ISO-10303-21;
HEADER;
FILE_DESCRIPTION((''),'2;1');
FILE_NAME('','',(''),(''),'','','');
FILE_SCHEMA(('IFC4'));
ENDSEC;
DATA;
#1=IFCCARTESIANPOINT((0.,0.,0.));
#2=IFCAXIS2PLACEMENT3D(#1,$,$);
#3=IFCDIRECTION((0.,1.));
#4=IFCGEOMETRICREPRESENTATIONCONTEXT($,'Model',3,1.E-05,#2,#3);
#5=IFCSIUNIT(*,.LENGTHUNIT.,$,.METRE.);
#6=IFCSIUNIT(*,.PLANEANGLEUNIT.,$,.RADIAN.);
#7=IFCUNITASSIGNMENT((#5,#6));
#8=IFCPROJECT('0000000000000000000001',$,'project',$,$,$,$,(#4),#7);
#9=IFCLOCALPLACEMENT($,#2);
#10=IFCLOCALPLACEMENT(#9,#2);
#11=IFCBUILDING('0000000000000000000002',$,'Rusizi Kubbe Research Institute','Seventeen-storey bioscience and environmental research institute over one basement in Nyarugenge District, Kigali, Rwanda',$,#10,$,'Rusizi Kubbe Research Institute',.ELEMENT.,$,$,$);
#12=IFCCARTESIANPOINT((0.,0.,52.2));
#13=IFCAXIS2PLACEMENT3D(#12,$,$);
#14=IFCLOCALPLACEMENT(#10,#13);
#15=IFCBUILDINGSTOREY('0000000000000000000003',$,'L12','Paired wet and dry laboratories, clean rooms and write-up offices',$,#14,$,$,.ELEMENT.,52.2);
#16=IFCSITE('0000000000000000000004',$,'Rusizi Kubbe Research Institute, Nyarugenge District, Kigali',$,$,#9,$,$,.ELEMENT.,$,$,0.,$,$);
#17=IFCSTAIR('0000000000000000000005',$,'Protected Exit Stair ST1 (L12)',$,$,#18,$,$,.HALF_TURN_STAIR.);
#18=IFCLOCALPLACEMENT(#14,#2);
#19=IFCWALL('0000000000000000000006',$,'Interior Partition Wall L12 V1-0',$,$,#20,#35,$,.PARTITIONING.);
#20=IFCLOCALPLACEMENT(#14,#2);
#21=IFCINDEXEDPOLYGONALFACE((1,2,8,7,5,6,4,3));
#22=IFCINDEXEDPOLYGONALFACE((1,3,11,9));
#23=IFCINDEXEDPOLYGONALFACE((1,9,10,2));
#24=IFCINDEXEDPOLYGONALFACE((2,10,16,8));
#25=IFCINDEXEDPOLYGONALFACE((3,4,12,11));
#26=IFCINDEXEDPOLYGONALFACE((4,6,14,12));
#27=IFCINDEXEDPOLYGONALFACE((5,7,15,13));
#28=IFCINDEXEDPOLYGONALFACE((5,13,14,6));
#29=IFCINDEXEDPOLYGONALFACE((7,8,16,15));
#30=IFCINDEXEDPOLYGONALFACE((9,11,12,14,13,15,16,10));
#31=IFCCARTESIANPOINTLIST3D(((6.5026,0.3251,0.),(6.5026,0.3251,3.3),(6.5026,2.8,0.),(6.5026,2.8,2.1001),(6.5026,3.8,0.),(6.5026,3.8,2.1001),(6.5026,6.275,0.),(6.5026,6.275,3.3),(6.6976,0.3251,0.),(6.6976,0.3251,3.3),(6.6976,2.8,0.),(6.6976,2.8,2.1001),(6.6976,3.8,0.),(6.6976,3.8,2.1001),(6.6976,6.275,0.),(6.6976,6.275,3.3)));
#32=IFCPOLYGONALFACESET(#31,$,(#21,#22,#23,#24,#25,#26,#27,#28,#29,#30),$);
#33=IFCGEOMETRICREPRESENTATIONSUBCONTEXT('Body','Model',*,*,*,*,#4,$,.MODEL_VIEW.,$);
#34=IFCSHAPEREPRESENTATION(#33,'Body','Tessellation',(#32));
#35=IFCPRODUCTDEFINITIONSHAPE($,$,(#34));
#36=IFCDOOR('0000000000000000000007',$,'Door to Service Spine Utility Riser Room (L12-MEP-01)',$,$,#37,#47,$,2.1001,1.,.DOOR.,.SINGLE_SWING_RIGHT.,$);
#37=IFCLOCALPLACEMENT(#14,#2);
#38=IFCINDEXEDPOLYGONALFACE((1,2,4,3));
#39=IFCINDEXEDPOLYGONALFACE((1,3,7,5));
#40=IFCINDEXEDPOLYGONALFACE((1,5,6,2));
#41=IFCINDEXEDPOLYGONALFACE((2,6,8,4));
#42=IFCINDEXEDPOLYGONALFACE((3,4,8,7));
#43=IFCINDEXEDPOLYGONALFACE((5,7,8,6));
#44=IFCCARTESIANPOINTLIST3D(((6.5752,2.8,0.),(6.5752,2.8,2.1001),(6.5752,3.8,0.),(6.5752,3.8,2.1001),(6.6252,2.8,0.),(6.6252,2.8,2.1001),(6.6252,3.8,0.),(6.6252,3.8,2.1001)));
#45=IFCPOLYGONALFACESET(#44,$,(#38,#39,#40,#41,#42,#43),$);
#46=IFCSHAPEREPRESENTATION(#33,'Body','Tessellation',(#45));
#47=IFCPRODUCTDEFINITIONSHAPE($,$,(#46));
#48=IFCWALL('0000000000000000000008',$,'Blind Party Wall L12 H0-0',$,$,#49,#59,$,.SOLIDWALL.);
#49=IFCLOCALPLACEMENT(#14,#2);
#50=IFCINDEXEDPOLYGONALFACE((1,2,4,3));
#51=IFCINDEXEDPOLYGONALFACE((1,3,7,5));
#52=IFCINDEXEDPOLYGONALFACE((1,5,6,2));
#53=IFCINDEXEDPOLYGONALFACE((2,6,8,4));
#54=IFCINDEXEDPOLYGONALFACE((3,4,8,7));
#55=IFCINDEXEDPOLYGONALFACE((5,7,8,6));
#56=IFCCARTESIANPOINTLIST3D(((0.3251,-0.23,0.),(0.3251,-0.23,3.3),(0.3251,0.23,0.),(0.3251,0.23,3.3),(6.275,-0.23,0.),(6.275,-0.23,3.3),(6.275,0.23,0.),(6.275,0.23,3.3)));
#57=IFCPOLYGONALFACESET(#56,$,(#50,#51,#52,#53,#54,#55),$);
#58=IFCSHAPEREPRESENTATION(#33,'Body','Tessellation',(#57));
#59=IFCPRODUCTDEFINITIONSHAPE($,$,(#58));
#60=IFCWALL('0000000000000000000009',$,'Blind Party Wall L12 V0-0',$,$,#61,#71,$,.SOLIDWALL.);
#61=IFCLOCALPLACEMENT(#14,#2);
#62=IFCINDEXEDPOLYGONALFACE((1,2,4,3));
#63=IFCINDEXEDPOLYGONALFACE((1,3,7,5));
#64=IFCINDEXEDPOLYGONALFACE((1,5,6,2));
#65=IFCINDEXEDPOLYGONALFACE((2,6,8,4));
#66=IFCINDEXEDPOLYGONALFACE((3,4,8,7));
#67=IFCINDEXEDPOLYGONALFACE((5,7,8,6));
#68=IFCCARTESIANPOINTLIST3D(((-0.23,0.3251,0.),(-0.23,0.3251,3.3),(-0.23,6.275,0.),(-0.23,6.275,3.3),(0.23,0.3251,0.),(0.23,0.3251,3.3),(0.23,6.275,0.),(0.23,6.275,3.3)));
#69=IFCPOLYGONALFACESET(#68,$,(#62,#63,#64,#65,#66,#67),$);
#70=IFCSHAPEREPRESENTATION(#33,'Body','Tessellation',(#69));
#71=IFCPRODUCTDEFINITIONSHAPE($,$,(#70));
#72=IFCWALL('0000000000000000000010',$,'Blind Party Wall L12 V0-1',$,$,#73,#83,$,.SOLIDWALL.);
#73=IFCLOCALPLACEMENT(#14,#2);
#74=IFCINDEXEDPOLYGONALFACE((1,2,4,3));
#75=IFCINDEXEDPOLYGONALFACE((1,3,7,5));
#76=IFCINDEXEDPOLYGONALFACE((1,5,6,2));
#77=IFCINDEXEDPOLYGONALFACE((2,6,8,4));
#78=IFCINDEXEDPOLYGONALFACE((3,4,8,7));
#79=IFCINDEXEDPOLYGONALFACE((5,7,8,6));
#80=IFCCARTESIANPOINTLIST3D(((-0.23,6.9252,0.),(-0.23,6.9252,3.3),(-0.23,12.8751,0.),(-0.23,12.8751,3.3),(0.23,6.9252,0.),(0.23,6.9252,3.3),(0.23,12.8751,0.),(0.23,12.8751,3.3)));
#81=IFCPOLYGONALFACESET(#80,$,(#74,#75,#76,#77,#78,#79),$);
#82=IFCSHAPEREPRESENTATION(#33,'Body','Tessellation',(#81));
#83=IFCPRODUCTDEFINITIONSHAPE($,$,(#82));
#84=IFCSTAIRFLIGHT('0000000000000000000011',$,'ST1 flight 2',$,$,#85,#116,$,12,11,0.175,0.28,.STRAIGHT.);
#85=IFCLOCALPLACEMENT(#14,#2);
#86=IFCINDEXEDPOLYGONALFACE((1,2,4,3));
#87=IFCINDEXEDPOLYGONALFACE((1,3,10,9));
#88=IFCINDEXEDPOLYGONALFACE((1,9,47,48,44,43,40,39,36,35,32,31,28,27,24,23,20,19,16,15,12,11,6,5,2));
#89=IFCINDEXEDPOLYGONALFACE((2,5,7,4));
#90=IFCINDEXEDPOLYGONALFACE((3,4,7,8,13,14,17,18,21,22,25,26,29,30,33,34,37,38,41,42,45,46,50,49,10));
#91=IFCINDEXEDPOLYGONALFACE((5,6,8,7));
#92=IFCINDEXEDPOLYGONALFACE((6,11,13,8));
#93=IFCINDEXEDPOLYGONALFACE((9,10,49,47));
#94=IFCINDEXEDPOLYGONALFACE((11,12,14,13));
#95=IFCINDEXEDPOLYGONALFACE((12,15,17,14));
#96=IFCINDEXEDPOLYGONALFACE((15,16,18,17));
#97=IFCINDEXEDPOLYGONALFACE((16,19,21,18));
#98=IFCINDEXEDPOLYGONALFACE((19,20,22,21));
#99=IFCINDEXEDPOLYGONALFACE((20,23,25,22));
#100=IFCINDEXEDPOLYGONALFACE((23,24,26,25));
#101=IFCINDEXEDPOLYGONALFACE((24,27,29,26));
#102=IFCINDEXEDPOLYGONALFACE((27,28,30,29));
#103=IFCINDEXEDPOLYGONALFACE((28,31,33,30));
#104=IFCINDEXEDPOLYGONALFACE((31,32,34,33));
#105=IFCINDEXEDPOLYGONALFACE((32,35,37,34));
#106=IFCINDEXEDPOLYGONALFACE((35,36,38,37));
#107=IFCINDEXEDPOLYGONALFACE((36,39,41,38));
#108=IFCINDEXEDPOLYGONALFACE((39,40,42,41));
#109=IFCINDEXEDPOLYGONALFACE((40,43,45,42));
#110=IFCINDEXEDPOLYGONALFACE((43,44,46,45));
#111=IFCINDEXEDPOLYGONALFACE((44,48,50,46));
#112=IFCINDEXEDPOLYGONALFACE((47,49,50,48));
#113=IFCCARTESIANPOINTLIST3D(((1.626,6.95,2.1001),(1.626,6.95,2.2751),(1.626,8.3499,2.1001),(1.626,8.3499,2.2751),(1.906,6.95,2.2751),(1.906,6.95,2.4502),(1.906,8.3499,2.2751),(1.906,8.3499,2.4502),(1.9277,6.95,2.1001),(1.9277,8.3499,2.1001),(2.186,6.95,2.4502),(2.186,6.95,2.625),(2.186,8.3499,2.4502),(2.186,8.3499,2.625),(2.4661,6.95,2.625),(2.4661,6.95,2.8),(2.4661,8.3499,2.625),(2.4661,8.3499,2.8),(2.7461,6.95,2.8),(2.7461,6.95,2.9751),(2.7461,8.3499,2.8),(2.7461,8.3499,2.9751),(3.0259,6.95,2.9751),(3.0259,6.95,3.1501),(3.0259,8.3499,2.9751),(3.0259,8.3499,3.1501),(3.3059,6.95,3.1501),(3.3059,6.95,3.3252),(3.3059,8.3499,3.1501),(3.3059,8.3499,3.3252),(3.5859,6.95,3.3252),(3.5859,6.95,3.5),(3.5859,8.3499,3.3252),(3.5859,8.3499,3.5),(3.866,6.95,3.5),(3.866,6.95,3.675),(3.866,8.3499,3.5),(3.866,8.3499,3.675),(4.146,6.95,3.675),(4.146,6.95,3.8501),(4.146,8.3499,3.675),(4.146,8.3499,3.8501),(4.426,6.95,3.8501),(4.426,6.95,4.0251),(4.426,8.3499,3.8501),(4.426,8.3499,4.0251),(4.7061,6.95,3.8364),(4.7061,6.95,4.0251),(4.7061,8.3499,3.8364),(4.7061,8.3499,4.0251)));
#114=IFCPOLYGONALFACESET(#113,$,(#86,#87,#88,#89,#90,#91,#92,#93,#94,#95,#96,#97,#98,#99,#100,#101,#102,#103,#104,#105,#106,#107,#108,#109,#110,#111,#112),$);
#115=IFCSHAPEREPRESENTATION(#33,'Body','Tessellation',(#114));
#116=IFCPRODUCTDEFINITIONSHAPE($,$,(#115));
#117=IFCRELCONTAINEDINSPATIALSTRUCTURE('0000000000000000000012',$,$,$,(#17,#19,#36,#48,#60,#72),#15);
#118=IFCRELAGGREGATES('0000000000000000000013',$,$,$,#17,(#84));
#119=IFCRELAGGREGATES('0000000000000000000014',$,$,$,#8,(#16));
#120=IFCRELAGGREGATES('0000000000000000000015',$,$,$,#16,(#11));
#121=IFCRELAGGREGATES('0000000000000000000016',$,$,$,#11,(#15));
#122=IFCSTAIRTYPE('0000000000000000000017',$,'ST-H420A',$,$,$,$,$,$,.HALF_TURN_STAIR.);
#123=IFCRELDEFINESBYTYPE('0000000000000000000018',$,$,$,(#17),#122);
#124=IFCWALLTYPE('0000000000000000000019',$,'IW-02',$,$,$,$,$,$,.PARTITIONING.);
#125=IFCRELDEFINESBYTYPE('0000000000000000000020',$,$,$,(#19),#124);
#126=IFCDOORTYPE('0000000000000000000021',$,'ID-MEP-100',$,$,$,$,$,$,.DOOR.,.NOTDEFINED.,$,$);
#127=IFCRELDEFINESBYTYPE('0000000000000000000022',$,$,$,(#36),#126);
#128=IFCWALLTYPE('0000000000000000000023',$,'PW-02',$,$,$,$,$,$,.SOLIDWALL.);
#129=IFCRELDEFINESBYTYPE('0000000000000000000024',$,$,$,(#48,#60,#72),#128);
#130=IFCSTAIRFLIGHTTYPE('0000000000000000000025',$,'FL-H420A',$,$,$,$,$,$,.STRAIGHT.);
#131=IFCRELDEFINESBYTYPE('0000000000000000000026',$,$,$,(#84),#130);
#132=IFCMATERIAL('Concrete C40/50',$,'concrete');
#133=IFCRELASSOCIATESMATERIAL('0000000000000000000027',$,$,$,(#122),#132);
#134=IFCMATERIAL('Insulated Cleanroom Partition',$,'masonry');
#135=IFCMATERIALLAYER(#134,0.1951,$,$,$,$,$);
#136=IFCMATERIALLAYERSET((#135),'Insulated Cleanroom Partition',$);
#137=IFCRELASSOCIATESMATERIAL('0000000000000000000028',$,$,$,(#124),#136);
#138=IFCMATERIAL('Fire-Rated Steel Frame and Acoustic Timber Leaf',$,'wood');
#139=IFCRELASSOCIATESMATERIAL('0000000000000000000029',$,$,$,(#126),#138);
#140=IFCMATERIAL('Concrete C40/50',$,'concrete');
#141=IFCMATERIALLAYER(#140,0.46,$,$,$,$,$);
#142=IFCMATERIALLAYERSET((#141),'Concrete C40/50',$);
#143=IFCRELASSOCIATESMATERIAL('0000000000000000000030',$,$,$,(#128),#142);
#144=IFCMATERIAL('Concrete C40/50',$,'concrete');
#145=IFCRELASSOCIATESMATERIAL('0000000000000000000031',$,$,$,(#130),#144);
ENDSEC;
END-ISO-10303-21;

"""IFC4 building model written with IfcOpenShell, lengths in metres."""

from ifc_helpers import new_model, si_unit, direction, frame, frame_2d, origin, place, context, subcontext, project, spatial, polyline, rectangle, outline, extrude, material, layer, layer_set, type_object, element, fill, aggregate, save


model = new_model("IFC4")

# Units and contexts
model_context = context("Model", 3, precision=1e-05, world=origin(), true_north=direction((0.0, 1.0)))
body_context = subcontext(model_context, "Body", "Model", "MODEL_VIEW")
ifc_project = project(units=[si_unit("LENGTHUNIT", "METRE"), si_unit("PLANEANGLEUNIT", "RADIAN")], contexts=[model_context])

# Site, building, storey
site_placement = place(None, origin())
site = spatial("IfcSite", under=ifc_project, at=site_placement, Name="Rusizi Kubbe Research Institute, Nyarugenge District, Kigali", CompositionType="ELEMENT", RefElevation=0.0)
building_placement = place(site_placement, origin())
building = spatial("IfcBuilding", under=site, at=building_placement, Name="Rusizi Kubbe Research Institute", Description="Seventeen-storey bioscience and environmental research institute over one basement in Nyarugenge District, Kigali, Rwanda", LongName="Rusizi Kubbe Research Institute", CompositionType="ELEMENT")
storey_placement = place(building_placement, frame((0.0, 0.0, 52.2)))
storey = spatial("IfcBuildingStorey", under=building, at=storey_placement, Name="L12", Description="Paired wet and dry laboratories, clean rooms and write-up offices", CompositionType="ELEMENT", Elevation=52.2)

# Stair
ifc_material_1 = material(Name="Concrete C40/50", Category="concrete")
stair_type_1 = type_object("IfcStairType", Name="ST-H420A", PredefinedType="HALF_TURN_STAIR", material=ifc_material_1)
stair_1_placement = place(storey_placement, origin())
stair_1 = element("IfcStair", 1, at=stair_1_placement, inside=storey, type_object=stair_type_1, Name="Protected Exit Stair ST1 (L12)", PredefinedType="HALF_TURN_STAIR")

# Wall, opening, door
ifc_material_2 = material(Name="Insulated Cleanroom Partition", Category="masonry")
ifc_layer_1 = layer(ifc_material_2, 0.1951)
ifc_layer_set_1 = layer_set([ifc_layer_1], Name="Insulated Cleanroom Partition")
wall_type_1 = type_object("IfcWallType", Name="IW-02", PredefinedType="PARTITIONING", material=ifc_layer_set_1)
wall_1_placement = place(storey_placement, frame((6.6001, 0.325, 0.0), z_axis=(0.0, 0.0, 1.0), x_axis=(0.0, 1.0, 0.0)))
wall_1 = element("IfcWall", 2, at=wall_1_placement, inside=storey, type_object=wall_type_1, Name="Interior Partition Wall L12 V1-0", PredefinedType="PARTITIONING", context=body_context, shape_type="SweptSolid", body=[
    extrude(rectangle(XDim=5.95, YDim=0.1951, at=frame_2d((2.9751, 0.0))), origin(), (0.0, 0.0, 1.0), 3.3),
])
opening_1_placement = place(wall_1_placement, frame((2.4751, 0.0, 0.0)))
opening_1 = element("IfcOpeningElement", 3, at=opening_1_placement, cuts=wall_1, PredefinedType="OPENING", context=body_context, shape_type="SweptSolid", body=[
    extrude(rectangle(XDim=1.0, YDim=2.1001, at=frame_2d((0.5, 1.05))), frame((0.0, 0.1074, 0.0), z_axis=(0.0, -1.0, 0.0), x_axis=(1.0, 0.0, 0.0)), (0.0, 0.0, 1.0), 0.2151),
])
ifc_material_3 = material(Name="Fire-Rated Steel Frame and Acoustic Timber Leaf", Category="wood")
door_type_1 = type_object("IfcDoorType", Name="ID-MEP-100", OperationType="NOTDEFINED", PredefinedType="DOOR", material=ifc_material_3)
door_1_placement = place(opening_1_placement, origin())
door_1 = element("IfcDoor", 4, at=door_1_placement, inside=storey, type_object=door_type_1, Name="Door to Service Spine Utility Riser Room (L12-MEP-01)", OperationType="SINGLE_SWING_RIGHT", OverallHeight=2.1001, OverallWidth=1.0, PredefinedType="DOOR", context=body_context, shape_type="SweptSolid", body=[
    extrude(rectangle(XDim=1.0, YDim=2.1001, at=frame_2d((0.5, 1.05))), frame((0.0, 0.0249, 0.0), z_axis=(0.0, -1.0, 0.0), x_axis=(1.0, 0.0, 0.0)), (0.0, 0.0, 1.0), 0.05),
])
fill(opening_1, door_1)

# Walls
ifc_material_4 = material(Name="Concrete C40/50", Category="concrete")
ifc_layer_2 = layer(ifc_material_4, 0.46)
ifc_layer_set_2 = layer_set([ifc_layer_2], Name="Concrete C40/50")
wall_type_2 = type_object("IfcWallType", Name="PW-02", PredefinedType="SOLIDWALL", material=ifc_layer_set_2)
for number, where, z_axis, x_axis, name in (
    (5, (0.325, 0.0, 0.0), (0.0, 0.0, 1.0), (1.0, 0.0, 0.0), "Blind Party Wall L12 H0-0"),
    (6, (0.0, 0.325, 0.0), (0.0, 0.0, 1.0), (0.0, 1.0, 0.0), "Blind Party Wall L12 V0-0"),
    (7, (0.0, 6.925, 0.0), (0.0, 0.0, 1.0), (0.0, 1.0, 0.0), "Blind Party Wall L12 V0-1"),
):
    element("IfcWall", number, at=place(storey_placement, frame(where, z_axis=z_axis, x_axis=x_axis)), inside=storey, type_object=wall_type_2, Name=name, PredefinedType="SOLIDWALL", context=body_context, shape_type="SweptSolid", body=[
        extrude(rectangle(XDim=5.95, YDim=0.46, at=frame_2d((2.9751, 0.0))), origin(), (0.0, 0.0, 1.0), 3.3),
    ])

# Stair flight
ifc_material_5 = material(Name="Concrete C40/50", Category="concrete")
stair_flight_type = type_object("IfcStairFlightType", Name="FL-H420A", PredefinedType="STRAIGHT", material=ifc_material_5)
stair_flight_placement = place(storey_placement, frame((1.626, 7.6499, 2.1001), z_axis=(0.0, 0.0, 1.0), x_axis=(1.0, 0.0, 0.0)))
stair_flight = element("IfcStairFlight", 8, at=stair_flight_placement, type_object=stair_flight_type, Name="ST1 flight 2", NumberOfRisers=12, NumberOfTreads=11, PredefinedType="STRAIGHT", RiserHeight=0.175, TreadLength=0.28, context=body_context, shape_type="SweptSolid", body=[
    extrude(outline(polyline([(0.0, 0.0), (0.0, 0.175), (0.28, 0.175), (0.28, 0.3501), (0.5601, 0.3501), (0.5601, 0.5249), (0.8401, 0.5249), (0.8401, 0.7), (1.1201, 0.7), (1.1201, 0.875), (1.3999, 0.875), (1.3999, 1.05), (1.6799, 1.05), (1.6799, 1.2251), (1.96, 1.2251), (1.96, 1.3999), (2.24, 1.3999), (2.24, 1.575), (2.52, 1.575), (2.52, 1.75), (2.8, 1.75), (2.8, 1.925), (3.0801, 1.925), (3.0801, 2.1001), (3.0801, 1.7363), (0.3018, 0.0), (0.0, 0.0)])), frame((0.0, 0.7, 0.0), z_axis=(0.0, -1.0, 0.0), x_axis=(1.0, 0.0, 0.0)), (0.0, 0.0, 1.0), 1.3999),
])
aggregate(stair_1, [stair_flight])

save(model, "model.ifc")
